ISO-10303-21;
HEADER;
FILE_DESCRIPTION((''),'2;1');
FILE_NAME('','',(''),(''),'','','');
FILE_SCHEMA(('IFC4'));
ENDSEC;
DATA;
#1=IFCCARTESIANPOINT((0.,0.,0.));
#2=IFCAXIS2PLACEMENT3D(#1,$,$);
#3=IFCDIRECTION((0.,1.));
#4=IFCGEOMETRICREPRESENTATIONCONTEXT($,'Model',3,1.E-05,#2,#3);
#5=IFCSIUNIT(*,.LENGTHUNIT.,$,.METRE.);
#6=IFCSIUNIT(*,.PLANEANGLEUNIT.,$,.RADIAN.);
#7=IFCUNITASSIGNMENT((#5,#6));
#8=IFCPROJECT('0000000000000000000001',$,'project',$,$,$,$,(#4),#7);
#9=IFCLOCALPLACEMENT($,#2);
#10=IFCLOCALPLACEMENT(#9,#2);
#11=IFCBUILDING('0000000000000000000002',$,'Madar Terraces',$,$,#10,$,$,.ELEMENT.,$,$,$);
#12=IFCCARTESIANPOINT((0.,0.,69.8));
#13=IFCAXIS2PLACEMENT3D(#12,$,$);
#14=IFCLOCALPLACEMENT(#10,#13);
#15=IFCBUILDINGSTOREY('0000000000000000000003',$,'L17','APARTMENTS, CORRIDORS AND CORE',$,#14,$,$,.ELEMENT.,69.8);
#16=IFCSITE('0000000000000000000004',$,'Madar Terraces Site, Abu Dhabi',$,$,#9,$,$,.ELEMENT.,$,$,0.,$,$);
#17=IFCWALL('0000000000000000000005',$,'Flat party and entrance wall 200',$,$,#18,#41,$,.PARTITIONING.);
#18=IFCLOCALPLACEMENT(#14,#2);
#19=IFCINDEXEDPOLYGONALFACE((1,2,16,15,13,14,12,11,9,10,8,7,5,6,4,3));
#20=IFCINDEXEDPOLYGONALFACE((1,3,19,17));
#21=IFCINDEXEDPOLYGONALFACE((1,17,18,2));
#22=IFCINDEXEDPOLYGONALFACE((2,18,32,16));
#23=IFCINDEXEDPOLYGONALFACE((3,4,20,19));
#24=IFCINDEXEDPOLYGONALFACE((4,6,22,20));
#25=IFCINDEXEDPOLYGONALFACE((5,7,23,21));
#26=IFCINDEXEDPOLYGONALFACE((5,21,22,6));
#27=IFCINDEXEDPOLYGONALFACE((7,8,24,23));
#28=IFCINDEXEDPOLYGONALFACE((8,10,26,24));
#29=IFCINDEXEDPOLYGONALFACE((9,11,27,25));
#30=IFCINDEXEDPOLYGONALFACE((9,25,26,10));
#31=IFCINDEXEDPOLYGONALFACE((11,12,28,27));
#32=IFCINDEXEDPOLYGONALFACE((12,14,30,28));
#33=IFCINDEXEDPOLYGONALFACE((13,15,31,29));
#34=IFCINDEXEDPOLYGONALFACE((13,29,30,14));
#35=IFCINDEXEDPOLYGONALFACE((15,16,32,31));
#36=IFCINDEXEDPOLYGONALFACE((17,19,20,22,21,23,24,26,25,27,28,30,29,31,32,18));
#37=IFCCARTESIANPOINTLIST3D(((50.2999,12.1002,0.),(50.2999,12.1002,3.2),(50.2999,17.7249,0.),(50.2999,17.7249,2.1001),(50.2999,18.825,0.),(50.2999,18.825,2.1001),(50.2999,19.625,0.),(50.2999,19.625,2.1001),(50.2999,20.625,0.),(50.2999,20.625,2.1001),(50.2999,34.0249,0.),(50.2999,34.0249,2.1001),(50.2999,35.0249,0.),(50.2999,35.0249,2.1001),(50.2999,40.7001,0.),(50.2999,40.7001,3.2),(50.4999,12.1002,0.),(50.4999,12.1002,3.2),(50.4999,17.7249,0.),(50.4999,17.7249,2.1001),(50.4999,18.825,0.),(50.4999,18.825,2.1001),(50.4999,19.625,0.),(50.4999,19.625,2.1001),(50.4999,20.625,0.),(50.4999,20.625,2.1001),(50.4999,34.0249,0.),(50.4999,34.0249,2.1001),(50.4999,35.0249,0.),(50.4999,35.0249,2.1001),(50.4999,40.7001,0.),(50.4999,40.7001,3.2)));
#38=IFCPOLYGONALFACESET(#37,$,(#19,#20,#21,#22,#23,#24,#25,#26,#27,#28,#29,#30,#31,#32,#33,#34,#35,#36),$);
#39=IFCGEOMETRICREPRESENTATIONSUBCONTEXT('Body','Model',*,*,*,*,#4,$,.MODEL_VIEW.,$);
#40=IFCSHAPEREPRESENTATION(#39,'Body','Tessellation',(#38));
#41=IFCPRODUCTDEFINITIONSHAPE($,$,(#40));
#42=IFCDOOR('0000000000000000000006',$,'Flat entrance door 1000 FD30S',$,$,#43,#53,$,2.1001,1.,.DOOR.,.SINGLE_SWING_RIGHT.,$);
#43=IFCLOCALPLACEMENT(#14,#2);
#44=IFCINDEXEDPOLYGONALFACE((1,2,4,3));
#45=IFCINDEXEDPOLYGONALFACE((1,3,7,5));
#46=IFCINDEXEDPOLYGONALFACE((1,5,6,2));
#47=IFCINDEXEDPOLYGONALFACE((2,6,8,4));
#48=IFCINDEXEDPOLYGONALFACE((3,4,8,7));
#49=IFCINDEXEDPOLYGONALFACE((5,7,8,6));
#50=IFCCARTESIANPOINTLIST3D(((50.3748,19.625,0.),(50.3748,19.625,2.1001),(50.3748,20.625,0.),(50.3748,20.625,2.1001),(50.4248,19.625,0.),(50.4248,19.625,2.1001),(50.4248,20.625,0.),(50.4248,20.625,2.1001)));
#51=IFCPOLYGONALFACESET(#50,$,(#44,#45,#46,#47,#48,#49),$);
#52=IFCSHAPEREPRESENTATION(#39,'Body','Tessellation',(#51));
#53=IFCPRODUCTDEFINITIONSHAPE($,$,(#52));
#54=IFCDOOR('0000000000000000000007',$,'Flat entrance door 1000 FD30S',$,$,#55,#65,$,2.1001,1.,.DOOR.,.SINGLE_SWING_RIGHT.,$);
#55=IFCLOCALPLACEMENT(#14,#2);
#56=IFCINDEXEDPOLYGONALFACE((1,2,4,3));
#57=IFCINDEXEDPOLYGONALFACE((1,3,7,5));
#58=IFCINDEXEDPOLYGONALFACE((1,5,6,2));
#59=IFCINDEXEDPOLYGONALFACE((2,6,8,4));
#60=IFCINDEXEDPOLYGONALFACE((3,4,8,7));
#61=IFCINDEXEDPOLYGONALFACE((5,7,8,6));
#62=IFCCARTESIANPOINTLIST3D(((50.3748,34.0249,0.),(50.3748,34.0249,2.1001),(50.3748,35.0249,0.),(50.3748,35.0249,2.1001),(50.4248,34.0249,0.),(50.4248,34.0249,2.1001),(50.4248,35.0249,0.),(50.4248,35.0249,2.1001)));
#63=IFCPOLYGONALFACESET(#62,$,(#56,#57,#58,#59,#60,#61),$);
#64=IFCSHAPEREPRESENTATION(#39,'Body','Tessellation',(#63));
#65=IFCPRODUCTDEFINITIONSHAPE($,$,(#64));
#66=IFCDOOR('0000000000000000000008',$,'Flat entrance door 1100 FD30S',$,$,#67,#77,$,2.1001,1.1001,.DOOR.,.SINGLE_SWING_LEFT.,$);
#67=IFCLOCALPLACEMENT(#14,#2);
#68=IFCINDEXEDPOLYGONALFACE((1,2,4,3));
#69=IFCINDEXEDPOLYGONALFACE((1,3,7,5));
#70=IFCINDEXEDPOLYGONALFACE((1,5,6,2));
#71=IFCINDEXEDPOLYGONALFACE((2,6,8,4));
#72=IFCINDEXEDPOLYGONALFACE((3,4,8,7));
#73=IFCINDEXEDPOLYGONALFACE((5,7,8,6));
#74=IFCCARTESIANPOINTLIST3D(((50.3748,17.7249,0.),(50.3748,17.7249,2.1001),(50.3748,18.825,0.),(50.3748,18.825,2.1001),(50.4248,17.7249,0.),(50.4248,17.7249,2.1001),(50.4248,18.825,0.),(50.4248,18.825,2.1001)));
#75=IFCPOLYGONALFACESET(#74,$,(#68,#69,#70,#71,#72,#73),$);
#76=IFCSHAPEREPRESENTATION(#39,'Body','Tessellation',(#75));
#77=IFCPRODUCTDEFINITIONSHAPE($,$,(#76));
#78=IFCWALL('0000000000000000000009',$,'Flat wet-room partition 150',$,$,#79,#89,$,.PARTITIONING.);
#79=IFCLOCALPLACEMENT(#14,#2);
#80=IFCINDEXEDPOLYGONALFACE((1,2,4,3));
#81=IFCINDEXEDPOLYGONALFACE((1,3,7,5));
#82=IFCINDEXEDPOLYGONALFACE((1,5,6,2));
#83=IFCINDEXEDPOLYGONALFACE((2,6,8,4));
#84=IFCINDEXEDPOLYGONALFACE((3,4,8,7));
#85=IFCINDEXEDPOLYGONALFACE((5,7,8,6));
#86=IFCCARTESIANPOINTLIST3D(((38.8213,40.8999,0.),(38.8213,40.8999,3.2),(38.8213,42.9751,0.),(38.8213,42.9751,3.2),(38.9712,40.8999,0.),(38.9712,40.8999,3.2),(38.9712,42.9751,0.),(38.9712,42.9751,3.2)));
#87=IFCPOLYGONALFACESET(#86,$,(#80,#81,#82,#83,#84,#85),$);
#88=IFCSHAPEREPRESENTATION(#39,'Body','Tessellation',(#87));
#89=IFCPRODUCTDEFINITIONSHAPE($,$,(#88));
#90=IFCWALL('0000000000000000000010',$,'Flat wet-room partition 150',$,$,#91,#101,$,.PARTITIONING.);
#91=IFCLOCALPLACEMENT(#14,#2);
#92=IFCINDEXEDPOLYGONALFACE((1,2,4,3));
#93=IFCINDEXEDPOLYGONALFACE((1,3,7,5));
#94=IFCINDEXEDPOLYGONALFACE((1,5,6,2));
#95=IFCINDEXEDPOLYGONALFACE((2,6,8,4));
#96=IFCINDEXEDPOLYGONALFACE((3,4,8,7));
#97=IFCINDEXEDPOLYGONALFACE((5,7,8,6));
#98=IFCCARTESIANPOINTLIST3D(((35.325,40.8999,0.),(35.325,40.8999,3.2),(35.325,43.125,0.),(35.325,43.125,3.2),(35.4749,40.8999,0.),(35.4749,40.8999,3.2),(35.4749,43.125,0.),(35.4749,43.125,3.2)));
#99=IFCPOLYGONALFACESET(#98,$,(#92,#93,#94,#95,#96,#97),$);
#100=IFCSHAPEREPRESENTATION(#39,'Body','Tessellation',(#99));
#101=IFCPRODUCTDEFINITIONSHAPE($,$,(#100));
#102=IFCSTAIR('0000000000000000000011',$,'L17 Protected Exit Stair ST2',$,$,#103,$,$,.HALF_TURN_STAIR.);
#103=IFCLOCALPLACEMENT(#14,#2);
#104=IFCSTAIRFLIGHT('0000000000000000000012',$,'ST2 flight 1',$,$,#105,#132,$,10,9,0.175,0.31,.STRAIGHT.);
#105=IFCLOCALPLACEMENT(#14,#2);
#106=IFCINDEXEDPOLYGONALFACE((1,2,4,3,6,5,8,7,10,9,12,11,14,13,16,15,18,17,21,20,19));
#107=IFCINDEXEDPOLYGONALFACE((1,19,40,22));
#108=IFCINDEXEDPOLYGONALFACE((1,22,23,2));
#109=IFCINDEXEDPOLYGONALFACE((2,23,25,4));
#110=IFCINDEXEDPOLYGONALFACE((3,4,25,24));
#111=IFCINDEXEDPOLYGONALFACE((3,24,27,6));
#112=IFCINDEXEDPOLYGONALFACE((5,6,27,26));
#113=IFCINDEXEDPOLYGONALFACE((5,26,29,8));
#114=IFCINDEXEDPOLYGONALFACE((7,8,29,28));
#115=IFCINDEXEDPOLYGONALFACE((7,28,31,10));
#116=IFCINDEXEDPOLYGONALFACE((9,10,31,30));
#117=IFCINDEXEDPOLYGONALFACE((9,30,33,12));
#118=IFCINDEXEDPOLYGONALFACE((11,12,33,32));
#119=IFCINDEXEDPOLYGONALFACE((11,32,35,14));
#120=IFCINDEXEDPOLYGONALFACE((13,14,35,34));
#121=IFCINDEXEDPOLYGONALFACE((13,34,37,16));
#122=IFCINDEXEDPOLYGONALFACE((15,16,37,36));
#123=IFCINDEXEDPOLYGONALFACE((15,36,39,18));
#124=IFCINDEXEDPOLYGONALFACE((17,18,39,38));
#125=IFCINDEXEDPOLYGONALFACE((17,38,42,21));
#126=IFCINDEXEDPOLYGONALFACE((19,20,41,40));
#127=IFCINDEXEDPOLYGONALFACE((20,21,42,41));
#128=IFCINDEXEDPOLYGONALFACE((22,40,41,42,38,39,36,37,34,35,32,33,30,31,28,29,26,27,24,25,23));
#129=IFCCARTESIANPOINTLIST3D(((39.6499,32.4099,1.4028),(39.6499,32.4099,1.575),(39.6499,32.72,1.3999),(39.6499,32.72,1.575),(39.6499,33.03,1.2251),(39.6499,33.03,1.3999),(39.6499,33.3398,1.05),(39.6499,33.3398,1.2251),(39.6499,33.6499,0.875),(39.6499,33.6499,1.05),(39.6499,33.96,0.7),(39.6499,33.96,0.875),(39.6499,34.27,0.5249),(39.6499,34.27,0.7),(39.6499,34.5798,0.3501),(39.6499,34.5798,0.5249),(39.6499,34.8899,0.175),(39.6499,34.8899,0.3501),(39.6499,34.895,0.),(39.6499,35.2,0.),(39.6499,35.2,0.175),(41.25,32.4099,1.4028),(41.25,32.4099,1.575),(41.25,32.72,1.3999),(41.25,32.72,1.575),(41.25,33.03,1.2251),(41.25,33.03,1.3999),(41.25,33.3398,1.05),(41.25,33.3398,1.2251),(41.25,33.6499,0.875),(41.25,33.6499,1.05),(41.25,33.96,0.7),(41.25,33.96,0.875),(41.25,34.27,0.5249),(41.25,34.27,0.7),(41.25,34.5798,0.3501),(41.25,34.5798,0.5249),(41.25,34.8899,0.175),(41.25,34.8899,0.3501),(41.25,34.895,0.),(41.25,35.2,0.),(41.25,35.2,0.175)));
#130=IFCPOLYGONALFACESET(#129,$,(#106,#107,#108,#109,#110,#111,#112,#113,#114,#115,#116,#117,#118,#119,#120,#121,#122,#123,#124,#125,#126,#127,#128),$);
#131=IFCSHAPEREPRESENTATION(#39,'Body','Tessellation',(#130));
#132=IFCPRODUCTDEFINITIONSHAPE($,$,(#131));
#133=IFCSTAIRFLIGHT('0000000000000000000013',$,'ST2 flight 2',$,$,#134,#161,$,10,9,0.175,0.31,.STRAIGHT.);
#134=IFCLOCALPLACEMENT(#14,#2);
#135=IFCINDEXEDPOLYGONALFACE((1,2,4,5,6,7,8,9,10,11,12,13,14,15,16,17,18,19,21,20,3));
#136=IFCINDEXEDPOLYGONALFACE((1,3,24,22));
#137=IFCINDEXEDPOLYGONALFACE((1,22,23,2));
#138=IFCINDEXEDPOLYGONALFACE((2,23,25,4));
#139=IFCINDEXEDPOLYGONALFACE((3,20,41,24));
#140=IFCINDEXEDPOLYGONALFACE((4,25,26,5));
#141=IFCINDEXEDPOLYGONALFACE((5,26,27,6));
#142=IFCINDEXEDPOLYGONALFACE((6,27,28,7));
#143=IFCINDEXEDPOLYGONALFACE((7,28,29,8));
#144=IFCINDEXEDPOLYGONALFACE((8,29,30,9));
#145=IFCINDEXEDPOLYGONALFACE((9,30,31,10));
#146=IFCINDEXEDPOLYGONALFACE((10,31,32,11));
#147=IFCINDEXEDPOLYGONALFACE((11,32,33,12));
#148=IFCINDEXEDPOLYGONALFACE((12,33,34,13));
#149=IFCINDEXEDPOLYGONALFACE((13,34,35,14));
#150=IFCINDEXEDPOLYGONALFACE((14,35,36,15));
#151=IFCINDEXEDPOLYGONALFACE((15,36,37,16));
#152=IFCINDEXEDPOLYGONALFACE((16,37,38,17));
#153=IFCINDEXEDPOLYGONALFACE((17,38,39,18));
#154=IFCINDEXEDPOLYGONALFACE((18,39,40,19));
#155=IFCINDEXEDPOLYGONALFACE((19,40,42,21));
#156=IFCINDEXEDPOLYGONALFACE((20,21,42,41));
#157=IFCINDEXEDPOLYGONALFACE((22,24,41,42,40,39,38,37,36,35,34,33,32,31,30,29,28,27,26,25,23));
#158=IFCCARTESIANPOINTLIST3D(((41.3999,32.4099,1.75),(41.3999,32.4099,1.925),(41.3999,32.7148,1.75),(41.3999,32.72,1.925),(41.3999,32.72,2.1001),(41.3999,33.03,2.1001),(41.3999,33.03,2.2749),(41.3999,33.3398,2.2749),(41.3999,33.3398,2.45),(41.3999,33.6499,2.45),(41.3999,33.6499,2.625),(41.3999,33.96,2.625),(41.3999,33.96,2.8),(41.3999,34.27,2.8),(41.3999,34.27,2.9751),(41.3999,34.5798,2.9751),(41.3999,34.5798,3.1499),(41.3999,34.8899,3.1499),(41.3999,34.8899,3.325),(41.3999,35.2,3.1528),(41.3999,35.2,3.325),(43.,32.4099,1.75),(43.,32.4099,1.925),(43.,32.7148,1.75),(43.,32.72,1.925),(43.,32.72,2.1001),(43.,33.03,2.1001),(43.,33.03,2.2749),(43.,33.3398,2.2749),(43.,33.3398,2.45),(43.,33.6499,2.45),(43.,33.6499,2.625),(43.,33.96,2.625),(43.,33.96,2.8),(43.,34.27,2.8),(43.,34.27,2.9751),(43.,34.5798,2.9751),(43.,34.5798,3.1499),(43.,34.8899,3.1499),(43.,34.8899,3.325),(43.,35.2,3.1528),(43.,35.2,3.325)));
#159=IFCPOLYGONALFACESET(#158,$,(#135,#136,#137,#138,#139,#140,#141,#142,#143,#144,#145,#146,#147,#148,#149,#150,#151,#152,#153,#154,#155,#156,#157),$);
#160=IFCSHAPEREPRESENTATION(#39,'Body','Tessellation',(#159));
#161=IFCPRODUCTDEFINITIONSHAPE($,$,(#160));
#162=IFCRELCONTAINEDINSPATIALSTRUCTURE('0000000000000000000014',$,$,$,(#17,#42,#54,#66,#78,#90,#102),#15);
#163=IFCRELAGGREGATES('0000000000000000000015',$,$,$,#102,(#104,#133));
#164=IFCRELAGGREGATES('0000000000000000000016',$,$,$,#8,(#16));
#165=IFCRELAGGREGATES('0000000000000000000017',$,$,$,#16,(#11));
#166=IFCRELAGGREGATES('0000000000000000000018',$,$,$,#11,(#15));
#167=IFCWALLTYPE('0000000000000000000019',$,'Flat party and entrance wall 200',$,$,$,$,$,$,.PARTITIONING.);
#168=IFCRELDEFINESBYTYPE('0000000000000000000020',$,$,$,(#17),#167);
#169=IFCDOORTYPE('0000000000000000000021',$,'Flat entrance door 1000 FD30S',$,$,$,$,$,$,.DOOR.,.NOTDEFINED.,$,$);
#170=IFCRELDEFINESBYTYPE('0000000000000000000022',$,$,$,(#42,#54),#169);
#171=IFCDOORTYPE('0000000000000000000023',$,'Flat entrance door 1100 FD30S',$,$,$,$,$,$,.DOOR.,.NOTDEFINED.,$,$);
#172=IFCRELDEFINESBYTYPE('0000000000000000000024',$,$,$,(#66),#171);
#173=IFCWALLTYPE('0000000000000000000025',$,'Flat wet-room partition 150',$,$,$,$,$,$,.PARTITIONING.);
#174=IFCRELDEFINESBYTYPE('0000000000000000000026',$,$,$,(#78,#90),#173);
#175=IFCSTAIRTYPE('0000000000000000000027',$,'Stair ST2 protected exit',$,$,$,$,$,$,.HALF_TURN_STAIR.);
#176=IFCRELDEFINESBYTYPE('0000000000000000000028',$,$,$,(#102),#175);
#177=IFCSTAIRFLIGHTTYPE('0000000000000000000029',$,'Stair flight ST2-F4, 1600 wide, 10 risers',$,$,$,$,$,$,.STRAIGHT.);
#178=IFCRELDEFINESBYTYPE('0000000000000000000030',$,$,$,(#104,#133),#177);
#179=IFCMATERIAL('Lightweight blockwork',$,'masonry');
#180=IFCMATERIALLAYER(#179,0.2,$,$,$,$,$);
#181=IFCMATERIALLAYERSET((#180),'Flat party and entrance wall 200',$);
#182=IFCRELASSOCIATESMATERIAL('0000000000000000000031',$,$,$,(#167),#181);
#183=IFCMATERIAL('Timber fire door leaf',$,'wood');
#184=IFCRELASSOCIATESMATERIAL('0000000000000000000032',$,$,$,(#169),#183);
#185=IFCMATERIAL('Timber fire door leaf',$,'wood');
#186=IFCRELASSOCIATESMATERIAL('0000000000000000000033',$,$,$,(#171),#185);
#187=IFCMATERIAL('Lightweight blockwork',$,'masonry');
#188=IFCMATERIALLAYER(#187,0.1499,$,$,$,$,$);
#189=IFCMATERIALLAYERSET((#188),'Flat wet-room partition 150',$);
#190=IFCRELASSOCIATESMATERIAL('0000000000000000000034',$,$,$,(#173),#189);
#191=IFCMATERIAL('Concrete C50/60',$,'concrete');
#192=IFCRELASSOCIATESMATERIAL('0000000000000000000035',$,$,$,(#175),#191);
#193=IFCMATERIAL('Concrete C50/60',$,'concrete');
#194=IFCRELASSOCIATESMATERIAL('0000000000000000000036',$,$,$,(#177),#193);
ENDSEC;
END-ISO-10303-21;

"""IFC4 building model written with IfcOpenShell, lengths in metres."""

from ifc_helpers import new_model, si_unit, direction, frame, frame_2d, origin, place, context, subcontext, project, spatial, polyline, rectangle, outline, extrude, material, layer, layer_set, type_object, element, fill, aggregate, save


model = new_model("IFC4")

# Units and contexts
model_context = context("Model", 3, precision=1e-05, world=origin(), true_north=direction((0.0, 1.0)))
body_context = subcontext(model_context, "Body", "Model", "MODEL_VIEW")
ifc_project = project(units=[si_unit("LENGTHUNIT", "METRE"), si_unit("PLANEANGLEUNIT", "RADIAN")], contexts=[model_context])

# Site, building, storey
site_placement = place(None, origin())
site = spatial("IfcSite", under=ifc_project, at=site_placement, Name="Madar Terraces Site, Abu Dhabi", CompositionType="ELEMENT", RefElevation=0.0)
building_placement = place(site_placement, origin())
building = spatial("IfcBuilding", under=site, at=building_placement, Name="Madar Terraces", CompositionType="ELEMENT")
storey_placement = place(building_placement, frame((0.0, 0.0, 69.8)))
storey = spatial("IfcBuildingStorey", under=building, at=storey_placement, Name="L17", Description="APARTMENTS, CORRIDORS AND CORE", CompositionType="ELEMENT", Elevation=69.8)

# Wall, openings, doors
ifc_material_1 = material(Name="Lightweight blockwork", Category="masonry")
ifc_layer_1 = layer(ifc_material_1, 0.2)
ifc_layer_set_1 = layer_set([ifc_layer_1], Name="Flat party and entrance wall 200")
wall_type_1 = type_object("IfcWallType", Name="Flat party and entrance wall 200", PredefinedType="PARTITIONING", material=ifc_layer_set_1)
wall_1_placement = place(storey_placement, frame((50.3999, 40.7, 0.0), z_axis=(0.0, 0.0, 1.0), x_axis=(0.0, -1.0, 0.0)))
wall_1 = element("IfcWall", 1, at=wall_1_placement, inside=storey, type_object=wall_type_1, Name="Flat party and entrance wall 200", PredefinedType="PARTITIONING", context=body_context, shape_type="SweptSolid", body=[
    extrude(rectangle(XDim=28.5999, YDim=0.2, at=frame_2d((14.2998, 0.0))), origin(), (0.0, 0.0, 1.0), 3.2),
])
opening_1_placement = place(wall_1_placement, frame((21.875, 0.0, 0.0)))
opening_1 = element("IfcOpeningElement", 2, at=opening_1_placement, cuts=wall_1, PredefinedType="OPENING", context=body_context, shape_type="SweptSolid", body=[
    extrude(rectangle(XDim=1.1001, YDim=2.1001, at=frame_2d((0.55, 1.05))), frame((0.0, 0.1099, 0.0), z_axis=(0.0, -1.0, 0.0), x_axis=(1.0, 0.0, 0.0)), (0.0, 0.0, 1.0), 0.22),
])
opening_2_placement = place(wall_1_placement, frame((20.075, 0.0, 0.0)))
opening_2 = element("IfcOpeningElement", 3, at=opening_2_placement, cuts=wall_1, PredefinedType="OPENING", context=body_context, shape_type="SweptSolid", body=[
    extrude(rectangle(XDim=1.0, YDim=2.1001, at=frame_2d((0.5, 1.05))), frame((0.0, 0.1099, 0.0), z_axis=(0.0, -1.0, 0.0), x_axis=(1.0, 0.0, 0.0)), (0.0, 0.0, 1.0), 0.22),
])
opening_3_placement = place(wall_1_placement, frame((5.675, 0.0, 0.0)))
opening_3 = element("IfcOpeningElement", 4, at=opening_3_placement, cuts=wall_1, PredefinedType="OPENING", context=body_context, shape_type="SweptSolid", body=[
    extrude(rectangle(XDim=1.0, YDim=2.1001, at=frame_2d((0.5, 1.05))), frame((0.0, 0.1099, 0.0), z_axis=(0.0, -1.0, 0.0), x_axis=(1.0, 0.0, 0.0)), (0.0, 0.0, 1.0), 0.22),
])
ifc_material_2 = material(Name="Timber fire door leaf", Category="wood")
door_type_1 = type_object("IfcDoorType", Name="Flat entrance door 1000 FD30S", OperationType="NOTDEFINED", PredefinedType="DOOR", material=ifc_material_2)
door_1_placement = place(opening_2_placement, origin())
door_1 = element("IfcDoor", 5, at=door_1_placement, inside=storey, type_object=door_type_1, Name="Flat entrance door 1000 FD30S", OperationType="SINGLE_SWING_RIGHT", OverallHeight=2.1001, OverallWidth=1.0, PredefinedType="DOOR", context=body_context, shape_type="SweptSolid", body=[
    extrude(rectangle(XDim=1.0, YDim=2.1001, at=frame_2d((0.5, 1.05))), frame((0.0, 0.0249, 0.0), z_axis=(0.0, -1.0, 0.0), x_axis=(1.0, 0.0, 0.0)), (0.0, 0.0, 1.0), 0.05),
])
fill(opening_2, door_1)
door_2_placement = place(opening_3_placement, origin())
door_2 = element("IfcDoor", 6, at=door_2_placement, inside=storey, type_object=door_type_1, Name="Flat entrance door 1000 FD30S", OperationType="SINGLE_SWING_RIGHT", OverallHeight=2.1001, OverallWidth=1.0, PredefinedType="DOOR", context=body_context, shape_type="SweptSolid", body=[
    extrude(rectangle(XDim=1.0, YDim=2.1001, at=frame_2d((0.5, 1.05))), frame((0.0, 0.0249, 0.0), z_axis=(0.0, -1.0, 0.0), x_axis=(1.0, 0.0, 0.0)), (0.0, 0.0, 1.0), 0.05),
])
fill(opening_3, door_2)
ifc_material_3 = material(Name="Timber fire door leaf", Category="wood")
door_type_2 = type_object("IfcDoorType", Name="Flat entrance door 1100 FD30S", OperationType="NOTDEFINED", PredefinedType="DOOR", material=ifc_material_3)
door_3_placement = place(opening_1_placement, origin())
door_3 = element("IfcDoor", 7, at=door_3_placement, inside=storey, type_object=door_type_2, Name="Flat entrance door 1100 FD30S", OperationType="SINGLE_SWING_LEFT", OverallHeight=2.1001, OverallWidth=1.1001, PredefinedType="DOOR", context=body_context, shape_type="SweptSolid", body=[
    extrude(rectangle(XDim=1.1001, YDim=2.1001, at=frame_2d((0.55, 1.05))), frame((0.0, 0.0249, 0.0), z_axis=(0.0, -1.0, 0.0), x_axis=(1.0, 0.0, 0.0)), (0.0, 0.0, 1.0), 0.05),
])
fill(opening_1, door_3)

# Walls
ifc_material_4 = material(Name="Lightweight blockwork", Category="masonry")
ifc_layer_2 = layer(ifc_material_4, 0.1499)
ifc_layer_set_2 = layer_set([ifc_layer_2], Name="Flat wet-room partition 150")
wall_type_2 = type_object("IfcWallType", Name="Flat wet-room partition 150", PredefinedType="PARTITIONING", material=ifc_layer_set_2)
wall_2_placement = place(storey_placement, frame((38.8962, 40.8999, 0.0), z_axis=(0.0, 0.0, 1.0), x_axis=(0.0, 1.0, 0.0)))
element("IfcWall", 8, at=wall_2_placement, inside=storey, type_object=wall_type_2, Name="Flat wet-room partition 150", PredefinedType="PARTITIONING", context=body_context, shape_type="SweptSolid", body=[
    extrude(rectangle(XDim=2.0752, YDim=0.1499, at=frame_2d((1.0376, 0.0))), origin(), (0.0, 0.0, 1.0), 3.2),
])
wall_3_placement = place(storey_placement, frame((35.3999, 40.8999, 0.0), z_axis=(0.0, 0.0, 1.0), x_axis=(0.0, 1.0, 0.0)))
element("IfcWall", 9, at=wall_3_placement, inside=storey, type_object=wall_type_2, Name="Flat wet-room partition 150", PredefinedType="PARTITIONING", context=body_context, shape_type="SweptSolid", body=[
    extrude(rectangle(XDim=2.2251, YDim=0.1499, at=frame_2d((1.1125, 0.0))), origin(), (0.0, 0.0, 1.0), 3.2),
])

# Stair, stair flights
ifc_material_5 = material(Name="Concrete C50/60", Category="concrete")
stair_type = type_object("IfcStairType", Name="Stair ST2 protected exit", PredefinedType="HALF_TURN_STAIR", material=ifc_material_5)
stair_placement = place(storey_placement, origin())
stair = element("IfcStair", 10, at=stair_placement, inside=storey, type_object=stair_type, Name="L17 Protected Exit Stair ST2", PredefinedType="HALF_TURN_STAIR")
ifc_material_6 = material(Name="Concrete C50/60", Category="concrete")
stair_flight_type = type_object("IfcStairFlightType", Name="Stair flight ST2-F4, 1600 wide, 10 risers", PredefinedType="STRAIGHT", material=ifc_material_6)
stair_flight_1_placement = place(storey_placement, frame((40.45, 35.2, 0.0), z_axis=(0.0, 0.0, 1.0), x_axis=(0.0, -1.0, 0.0)))
stair_flight_1 = element("IfcStairFlight", 11, at=stair_flight_1_placement, type_object=stair_flight_type, Name="ST2 flight 1", NumberOfRisers=10, NumberOfTreads=9, PredefinedType="STRAIGHT", RiserHeight=0.175, TreadLength=0.31, context=body_context, shape_type="SweptSolid", body=[
    extrude(outline(polyline([(0.0, 0.0), (0.0, 0.175), (0.3101, 0.175), (0.3101, 0.3501), (0.6201, 0.3501), (0.6201, 0.5249), (0.9299, 0.5249), (0.9299, 0.7), (1.24, 0.7), (1.24, 0.875), (1.55, 0.875), (1.55, 1.05), (1.8601, 1.05), (1.8601, 1.2251), (2.1699, 1.2251), (2.1699, 1.3999), (2.48, 1.3999), (2.48, 1.575), (2.79, 1.575), (2.79, 1.75), (2.79, 1.4028), (0.3049, 0.0), (0.0, 0.0)])), frame((0.0, 0.8, 0.0), z_axis=(0.0, -1.0, 0.0), x_axis=(1.0, 0.0, 0.0)), (0.0, 0.0, 1.0), 1.6001),
])
stair_flight_2_placement = place(storey_placement, frame((42.2, 32.4099, 1.75), z_axis=(0.0, 0.0, 1.0), x_axis=(0.0, 1.0, 0.0)))
stair_flight_2 = element("IfcStairFlight", 12, at=stair_flight_2_placement, type_object=stair_flight_type, Name="ST2 flight 2", NumberOfRisers=10, NumberOfTreads=9, PredefinedType="STRAIGHT", RiserHeight=0.175, TreadLength=0.31, context=body_context, shape_type="SweptSolid", body=[
    extrude(outline(polyline([(0.0, 0.0), (0.0, 0.175), (0.3101, 0.175), (0.3101, 0.3501), (0.6201, 0.3501), (0.6201, 0.5249), (0.9299, 0.5249), (0.9299, 0.7), (1.24, 0.7), (1.24, 0.875), (1.55, 0.875), (1.55, 1.05), (1.8601, 1.05), (1.8601, 1.2251), (2.1699, 1.2251), (2.1699, 1.3999), (2.48, 1.3999), (2.48, 1.575), (2.79, 1.575), (2.79, 1.75), (2.79, 1.4028), (0.3049, 0.0), (0.0, 0.0)])), frame((0.0, 0.8, 0.0), z_axis=(0.0, -1.0, 0.0), x_axis=(1.0, 0.0, 0.0)), (0.0, 0.0, 1.0), 1.6001),
])
aggregate(stair, [stair_flight_1, stair_flight_2])

save(model, "model.ifc")
